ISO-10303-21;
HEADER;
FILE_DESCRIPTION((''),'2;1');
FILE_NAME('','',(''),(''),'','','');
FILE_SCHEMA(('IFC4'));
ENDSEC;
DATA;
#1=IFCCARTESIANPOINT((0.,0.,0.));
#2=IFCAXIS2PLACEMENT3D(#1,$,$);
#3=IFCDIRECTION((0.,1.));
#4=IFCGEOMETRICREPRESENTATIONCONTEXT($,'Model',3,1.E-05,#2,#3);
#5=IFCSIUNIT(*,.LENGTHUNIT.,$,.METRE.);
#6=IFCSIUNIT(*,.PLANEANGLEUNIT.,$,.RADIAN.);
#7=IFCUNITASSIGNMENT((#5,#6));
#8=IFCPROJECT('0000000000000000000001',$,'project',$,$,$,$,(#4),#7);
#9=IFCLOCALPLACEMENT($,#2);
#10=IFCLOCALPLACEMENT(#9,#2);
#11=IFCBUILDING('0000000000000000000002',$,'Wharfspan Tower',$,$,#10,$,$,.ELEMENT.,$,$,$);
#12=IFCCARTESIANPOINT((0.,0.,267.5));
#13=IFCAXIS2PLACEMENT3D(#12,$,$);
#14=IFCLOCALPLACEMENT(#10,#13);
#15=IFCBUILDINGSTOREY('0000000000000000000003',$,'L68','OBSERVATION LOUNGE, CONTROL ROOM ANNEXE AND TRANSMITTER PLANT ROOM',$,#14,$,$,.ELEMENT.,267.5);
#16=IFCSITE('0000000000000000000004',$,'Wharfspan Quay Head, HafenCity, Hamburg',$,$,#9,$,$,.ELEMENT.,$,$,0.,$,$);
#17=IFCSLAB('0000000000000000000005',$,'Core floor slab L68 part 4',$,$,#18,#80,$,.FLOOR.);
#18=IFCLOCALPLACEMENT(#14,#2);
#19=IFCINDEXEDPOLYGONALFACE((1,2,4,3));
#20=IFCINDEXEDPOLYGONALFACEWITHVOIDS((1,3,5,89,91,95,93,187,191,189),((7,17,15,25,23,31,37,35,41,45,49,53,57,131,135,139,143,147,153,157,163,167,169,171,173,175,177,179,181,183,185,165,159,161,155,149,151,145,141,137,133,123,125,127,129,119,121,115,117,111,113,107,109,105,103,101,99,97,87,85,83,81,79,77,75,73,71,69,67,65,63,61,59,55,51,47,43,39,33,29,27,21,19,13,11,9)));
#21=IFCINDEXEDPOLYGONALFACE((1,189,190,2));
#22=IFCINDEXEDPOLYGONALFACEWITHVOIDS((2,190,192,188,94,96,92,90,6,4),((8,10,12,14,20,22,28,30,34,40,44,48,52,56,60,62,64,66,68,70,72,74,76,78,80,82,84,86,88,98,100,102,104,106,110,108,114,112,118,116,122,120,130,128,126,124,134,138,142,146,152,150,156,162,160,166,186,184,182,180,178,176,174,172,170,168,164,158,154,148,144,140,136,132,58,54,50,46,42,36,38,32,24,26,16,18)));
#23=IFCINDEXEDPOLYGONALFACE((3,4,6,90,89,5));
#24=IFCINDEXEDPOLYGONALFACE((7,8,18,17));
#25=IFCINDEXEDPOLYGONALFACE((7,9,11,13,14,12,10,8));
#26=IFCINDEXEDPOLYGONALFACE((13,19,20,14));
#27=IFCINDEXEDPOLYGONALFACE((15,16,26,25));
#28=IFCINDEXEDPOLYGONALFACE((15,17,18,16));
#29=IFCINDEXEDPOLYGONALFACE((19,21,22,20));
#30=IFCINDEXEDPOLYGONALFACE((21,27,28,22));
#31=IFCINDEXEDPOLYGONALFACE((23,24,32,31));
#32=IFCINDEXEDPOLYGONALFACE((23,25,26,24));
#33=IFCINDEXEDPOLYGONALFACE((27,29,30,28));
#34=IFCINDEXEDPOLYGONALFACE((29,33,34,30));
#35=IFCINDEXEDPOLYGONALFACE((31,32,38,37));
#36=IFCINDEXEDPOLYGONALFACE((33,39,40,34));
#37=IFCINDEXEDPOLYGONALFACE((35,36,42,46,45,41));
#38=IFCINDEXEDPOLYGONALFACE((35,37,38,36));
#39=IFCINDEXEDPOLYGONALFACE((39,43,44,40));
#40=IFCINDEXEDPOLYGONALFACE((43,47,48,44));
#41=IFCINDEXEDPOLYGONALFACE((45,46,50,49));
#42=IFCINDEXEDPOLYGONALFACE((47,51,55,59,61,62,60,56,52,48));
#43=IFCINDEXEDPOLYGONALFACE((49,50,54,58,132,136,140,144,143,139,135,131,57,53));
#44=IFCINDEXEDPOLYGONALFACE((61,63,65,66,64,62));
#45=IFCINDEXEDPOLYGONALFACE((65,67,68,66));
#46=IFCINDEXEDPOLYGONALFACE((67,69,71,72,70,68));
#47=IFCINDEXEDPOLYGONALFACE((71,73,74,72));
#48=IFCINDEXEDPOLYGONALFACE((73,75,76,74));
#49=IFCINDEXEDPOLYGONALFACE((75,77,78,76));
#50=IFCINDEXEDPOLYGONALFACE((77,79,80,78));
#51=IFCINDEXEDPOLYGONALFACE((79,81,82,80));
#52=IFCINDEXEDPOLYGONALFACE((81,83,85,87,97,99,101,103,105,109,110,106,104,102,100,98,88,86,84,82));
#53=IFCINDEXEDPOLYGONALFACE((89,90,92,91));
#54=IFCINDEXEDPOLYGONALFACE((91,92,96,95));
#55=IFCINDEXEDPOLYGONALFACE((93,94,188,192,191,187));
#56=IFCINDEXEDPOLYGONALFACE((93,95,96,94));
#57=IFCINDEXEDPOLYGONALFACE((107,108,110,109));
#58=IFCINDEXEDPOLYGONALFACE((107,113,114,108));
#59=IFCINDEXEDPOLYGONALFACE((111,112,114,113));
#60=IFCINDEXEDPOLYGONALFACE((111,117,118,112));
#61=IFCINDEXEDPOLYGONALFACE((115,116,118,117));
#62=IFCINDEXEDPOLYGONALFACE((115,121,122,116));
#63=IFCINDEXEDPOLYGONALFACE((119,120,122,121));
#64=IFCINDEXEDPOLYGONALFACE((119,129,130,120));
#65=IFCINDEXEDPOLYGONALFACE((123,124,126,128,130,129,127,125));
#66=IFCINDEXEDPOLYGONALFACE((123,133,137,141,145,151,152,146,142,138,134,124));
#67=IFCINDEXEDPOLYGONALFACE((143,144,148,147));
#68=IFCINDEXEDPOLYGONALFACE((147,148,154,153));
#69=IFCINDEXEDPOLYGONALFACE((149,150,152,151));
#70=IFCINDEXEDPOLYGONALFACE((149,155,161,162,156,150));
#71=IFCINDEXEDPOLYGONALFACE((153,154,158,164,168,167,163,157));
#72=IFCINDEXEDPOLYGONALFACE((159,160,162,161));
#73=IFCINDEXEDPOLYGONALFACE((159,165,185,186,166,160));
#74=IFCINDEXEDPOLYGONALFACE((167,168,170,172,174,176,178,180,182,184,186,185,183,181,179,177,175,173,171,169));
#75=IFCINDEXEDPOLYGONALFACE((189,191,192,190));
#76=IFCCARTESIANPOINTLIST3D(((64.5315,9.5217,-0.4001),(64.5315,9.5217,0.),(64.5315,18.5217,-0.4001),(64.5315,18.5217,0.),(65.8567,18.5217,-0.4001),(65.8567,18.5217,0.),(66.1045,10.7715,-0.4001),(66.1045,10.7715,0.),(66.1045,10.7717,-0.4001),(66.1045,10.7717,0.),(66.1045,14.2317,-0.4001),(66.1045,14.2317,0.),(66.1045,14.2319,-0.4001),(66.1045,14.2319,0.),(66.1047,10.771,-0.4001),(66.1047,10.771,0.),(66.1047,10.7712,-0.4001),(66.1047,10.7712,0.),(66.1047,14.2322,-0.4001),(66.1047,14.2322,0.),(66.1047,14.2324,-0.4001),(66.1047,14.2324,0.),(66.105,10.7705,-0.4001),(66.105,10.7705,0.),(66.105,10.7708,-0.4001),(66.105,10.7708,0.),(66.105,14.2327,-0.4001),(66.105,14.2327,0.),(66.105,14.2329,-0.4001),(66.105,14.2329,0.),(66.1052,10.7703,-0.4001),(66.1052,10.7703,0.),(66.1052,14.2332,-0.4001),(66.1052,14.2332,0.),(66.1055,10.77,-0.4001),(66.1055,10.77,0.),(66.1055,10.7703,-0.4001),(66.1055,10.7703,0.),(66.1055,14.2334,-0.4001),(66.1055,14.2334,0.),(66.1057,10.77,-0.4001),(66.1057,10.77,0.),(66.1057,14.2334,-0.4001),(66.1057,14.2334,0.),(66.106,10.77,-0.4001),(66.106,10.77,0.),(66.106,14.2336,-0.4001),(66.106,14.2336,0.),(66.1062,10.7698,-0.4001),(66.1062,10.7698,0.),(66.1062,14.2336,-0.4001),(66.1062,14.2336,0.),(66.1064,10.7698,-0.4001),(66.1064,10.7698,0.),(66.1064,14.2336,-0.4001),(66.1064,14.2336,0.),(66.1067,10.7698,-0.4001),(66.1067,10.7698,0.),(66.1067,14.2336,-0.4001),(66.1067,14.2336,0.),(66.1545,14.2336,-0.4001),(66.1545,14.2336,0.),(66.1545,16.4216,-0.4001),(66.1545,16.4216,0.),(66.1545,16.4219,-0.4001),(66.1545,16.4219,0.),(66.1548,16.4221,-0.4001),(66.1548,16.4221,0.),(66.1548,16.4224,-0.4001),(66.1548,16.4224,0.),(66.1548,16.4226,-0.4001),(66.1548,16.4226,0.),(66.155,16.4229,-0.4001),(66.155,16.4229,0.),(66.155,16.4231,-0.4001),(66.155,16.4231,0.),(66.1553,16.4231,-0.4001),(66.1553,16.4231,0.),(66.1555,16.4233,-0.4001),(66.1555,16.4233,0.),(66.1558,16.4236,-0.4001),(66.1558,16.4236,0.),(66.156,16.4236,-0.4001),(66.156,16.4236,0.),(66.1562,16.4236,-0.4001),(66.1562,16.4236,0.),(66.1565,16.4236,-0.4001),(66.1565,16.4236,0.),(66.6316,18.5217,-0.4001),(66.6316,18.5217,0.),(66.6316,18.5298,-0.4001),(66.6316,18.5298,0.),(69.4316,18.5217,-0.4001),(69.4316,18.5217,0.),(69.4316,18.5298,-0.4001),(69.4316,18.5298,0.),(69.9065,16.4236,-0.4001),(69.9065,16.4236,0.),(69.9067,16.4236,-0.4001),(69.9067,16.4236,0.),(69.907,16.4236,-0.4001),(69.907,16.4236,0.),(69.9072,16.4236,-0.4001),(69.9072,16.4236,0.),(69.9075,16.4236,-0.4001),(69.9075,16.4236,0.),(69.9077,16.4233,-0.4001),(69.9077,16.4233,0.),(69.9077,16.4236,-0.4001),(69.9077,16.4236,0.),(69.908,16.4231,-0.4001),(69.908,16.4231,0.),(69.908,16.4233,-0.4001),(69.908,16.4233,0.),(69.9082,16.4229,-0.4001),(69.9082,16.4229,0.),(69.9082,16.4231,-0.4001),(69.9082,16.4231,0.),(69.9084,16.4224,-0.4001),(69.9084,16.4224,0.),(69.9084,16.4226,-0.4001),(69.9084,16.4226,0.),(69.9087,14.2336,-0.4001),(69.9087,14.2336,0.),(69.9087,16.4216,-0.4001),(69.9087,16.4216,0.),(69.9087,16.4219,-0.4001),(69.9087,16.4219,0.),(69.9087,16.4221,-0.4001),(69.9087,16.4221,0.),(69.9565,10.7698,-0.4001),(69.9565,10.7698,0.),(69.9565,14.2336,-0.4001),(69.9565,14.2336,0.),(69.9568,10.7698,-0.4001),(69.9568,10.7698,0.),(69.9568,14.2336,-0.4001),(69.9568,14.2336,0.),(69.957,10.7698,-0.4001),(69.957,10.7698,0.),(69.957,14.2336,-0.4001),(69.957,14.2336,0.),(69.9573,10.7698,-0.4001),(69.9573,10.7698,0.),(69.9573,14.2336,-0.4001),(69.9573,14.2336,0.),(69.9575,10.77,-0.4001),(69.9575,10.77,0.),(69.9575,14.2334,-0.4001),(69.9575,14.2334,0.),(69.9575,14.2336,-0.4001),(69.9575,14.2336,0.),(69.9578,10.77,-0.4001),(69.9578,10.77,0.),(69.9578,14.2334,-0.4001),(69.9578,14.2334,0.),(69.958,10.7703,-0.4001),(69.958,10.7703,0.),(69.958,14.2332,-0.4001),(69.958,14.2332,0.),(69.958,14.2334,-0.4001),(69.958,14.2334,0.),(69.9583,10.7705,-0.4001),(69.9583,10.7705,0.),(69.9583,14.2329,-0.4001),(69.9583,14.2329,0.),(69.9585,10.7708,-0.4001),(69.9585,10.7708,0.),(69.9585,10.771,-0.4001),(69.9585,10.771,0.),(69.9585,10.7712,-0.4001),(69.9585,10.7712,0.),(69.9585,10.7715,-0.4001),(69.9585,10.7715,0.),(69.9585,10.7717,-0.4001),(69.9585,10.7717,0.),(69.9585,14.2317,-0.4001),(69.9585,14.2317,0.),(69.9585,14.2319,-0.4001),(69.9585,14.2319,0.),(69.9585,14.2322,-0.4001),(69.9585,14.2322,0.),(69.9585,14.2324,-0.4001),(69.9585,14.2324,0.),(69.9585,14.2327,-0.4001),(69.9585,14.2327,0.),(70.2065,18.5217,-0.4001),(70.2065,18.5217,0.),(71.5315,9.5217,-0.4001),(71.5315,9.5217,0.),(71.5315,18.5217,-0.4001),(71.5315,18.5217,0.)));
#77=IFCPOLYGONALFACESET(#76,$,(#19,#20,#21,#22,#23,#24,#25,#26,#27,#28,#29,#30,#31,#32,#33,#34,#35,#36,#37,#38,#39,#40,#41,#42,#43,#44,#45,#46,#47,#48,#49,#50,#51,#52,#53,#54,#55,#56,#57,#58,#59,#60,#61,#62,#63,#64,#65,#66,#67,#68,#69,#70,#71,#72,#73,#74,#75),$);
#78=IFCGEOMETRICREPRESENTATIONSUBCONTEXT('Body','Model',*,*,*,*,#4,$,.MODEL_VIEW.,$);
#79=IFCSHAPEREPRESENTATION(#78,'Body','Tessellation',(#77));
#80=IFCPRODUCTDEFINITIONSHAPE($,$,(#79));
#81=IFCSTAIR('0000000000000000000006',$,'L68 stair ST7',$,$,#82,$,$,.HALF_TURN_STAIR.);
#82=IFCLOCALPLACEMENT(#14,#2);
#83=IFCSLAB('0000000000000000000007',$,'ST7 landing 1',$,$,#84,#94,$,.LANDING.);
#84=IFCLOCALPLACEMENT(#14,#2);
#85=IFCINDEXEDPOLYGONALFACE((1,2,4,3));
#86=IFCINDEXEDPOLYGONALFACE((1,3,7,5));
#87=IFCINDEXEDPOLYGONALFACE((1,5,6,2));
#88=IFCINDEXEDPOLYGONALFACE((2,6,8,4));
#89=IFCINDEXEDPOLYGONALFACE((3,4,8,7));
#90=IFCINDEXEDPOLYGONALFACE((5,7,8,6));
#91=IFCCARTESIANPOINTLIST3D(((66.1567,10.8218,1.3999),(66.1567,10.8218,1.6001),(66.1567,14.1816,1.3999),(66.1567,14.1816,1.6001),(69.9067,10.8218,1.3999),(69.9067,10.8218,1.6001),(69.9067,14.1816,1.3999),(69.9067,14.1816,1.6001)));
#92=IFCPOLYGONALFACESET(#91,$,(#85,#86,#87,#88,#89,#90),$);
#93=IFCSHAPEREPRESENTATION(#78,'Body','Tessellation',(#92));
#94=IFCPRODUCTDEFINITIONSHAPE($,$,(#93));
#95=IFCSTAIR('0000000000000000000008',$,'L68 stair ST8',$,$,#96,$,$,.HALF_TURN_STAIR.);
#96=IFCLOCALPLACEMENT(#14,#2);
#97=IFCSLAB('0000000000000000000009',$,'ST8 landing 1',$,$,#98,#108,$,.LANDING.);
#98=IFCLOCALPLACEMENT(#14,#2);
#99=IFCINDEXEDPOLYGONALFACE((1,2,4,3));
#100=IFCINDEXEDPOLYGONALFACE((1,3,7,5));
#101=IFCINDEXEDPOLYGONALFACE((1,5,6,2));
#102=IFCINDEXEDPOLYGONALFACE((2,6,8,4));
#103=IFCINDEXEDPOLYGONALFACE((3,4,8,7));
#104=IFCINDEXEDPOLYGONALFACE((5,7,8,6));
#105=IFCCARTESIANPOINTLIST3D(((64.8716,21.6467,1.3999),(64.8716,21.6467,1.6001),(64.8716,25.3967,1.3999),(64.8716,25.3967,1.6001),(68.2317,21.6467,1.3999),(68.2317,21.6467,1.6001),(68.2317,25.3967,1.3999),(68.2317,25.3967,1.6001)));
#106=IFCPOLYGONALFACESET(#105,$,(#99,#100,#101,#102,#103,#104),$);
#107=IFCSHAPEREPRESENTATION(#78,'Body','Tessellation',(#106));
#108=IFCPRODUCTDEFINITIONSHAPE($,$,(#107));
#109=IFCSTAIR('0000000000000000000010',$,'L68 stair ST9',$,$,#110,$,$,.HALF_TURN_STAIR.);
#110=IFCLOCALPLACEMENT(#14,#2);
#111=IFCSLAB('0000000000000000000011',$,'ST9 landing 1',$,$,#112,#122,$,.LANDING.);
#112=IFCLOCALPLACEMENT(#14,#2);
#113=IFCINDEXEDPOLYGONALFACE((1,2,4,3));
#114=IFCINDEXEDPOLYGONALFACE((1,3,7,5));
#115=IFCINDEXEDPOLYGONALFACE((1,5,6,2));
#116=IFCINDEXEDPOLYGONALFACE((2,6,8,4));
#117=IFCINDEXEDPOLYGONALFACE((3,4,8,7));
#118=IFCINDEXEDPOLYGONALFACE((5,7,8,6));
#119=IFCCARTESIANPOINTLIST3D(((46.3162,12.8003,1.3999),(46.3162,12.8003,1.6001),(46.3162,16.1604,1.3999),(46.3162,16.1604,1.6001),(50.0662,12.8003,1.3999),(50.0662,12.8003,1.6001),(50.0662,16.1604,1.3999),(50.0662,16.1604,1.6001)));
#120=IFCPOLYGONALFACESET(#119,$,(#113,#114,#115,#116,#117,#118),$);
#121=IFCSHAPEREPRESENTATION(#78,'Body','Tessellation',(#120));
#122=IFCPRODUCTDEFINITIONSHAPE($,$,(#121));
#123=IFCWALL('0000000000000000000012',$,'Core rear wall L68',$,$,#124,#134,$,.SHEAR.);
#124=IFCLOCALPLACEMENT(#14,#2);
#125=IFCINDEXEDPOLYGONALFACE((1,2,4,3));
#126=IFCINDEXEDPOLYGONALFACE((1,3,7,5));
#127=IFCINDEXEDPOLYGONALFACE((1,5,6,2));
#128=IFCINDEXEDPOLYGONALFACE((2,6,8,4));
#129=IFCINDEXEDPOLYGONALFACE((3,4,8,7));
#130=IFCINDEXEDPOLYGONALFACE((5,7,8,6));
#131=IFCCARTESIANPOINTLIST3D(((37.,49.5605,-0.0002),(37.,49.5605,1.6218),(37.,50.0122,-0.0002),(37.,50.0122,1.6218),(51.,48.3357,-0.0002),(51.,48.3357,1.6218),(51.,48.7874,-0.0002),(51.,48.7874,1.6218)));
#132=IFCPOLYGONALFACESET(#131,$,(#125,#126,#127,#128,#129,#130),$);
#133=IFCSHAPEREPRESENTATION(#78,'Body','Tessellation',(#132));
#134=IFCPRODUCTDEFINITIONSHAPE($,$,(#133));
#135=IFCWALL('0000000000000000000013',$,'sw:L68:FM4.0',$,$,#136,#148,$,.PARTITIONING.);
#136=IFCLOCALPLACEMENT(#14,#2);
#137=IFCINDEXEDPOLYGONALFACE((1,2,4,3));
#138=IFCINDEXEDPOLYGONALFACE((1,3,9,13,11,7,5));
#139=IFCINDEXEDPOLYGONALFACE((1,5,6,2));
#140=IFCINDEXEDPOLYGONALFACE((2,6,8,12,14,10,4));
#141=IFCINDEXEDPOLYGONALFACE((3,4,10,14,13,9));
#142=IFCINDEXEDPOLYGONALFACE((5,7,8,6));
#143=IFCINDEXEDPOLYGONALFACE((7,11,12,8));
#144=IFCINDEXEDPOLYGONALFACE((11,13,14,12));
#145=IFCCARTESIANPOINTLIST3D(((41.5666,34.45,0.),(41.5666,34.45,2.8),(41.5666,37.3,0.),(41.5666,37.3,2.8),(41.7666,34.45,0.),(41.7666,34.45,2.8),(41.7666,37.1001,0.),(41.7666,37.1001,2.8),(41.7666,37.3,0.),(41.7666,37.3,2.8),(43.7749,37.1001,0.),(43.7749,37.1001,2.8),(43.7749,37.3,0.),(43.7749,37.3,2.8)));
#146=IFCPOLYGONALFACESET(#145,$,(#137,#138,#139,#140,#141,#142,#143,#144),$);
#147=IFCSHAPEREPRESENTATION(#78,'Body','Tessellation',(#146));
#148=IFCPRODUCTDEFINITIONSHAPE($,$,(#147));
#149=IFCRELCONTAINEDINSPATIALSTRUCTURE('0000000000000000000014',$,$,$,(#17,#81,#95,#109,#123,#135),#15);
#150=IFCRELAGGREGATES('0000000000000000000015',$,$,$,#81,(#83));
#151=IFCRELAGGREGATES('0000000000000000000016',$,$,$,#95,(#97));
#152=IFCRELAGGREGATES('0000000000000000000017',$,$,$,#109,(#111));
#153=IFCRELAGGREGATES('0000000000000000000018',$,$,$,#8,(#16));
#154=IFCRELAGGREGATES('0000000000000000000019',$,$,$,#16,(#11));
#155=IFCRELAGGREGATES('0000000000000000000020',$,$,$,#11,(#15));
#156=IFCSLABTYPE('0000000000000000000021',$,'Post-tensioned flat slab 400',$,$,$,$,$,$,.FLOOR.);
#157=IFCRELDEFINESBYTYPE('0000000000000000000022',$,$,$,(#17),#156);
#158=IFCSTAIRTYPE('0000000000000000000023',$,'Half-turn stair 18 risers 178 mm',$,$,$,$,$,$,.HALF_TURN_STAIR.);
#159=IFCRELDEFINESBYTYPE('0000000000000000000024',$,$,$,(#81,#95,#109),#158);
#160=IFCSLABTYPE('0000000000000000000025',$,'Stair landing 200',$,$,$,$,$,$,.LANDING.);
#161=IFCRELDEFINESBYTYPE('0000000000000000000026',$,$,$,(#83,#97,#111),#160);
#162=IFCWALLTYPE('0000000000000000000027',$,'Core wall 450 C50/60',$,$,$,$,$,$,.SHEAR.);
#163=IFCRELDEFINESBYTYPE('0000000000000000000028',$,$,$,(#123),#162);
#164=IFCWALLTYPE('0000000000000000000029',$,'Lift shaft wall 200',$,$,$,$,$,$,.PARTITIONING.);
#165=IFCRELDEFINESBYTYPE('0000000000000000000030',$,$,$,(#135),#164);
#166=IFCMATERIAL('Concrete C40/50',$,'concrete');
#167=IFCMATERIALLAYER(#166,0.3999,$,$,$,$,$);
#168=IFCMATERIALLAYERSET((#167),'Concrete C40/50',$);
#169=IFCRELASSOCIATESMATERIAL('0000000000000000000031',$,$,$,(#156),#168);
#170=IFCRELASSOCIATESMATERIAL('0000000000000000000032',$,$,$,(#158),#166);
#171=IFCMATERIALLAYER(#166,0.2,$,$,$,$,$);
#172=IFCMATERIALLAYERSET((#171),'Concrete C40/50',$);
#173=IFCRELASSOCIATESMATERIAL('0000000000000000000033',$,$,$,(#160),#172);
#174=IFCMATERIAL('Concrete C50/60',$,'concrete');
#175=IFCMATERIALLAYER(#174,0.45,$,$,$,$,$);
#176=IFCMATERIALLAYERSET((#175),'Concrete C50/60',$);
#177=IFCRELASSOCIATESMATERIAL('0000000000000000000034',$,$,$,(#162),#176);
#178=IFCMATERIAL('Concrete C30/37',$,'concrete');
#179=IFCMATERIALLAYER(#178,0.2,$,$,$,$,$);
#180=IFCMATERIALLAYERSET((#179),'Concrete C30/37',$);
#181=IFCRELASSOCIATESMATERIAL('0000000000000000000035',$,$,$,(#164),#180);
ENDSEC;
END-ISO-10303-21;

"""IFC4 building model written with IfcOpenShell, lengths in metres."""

from ifc_helpers import new_model, si_unit, direction, frame, origin, place, context, subcontext, project, spatial, polyline, outline, extrude, material, layer, layer_set, type_object, element, aggregate, save


model = new_model("IFC4")

# Units and contexts
model_context = context("Model", 3, precision=1e-05, world=origin(), true_north=direction((0.0, 1.0)))
body_context = subcontext(model_context, "Body", "Model", "MODEL_VIEW")
ifc_project = project(units=[si_unit("LENGTHUNIT", "METRE"), si_unit("PLANEANGLEUNIT", "RADIAN")], contexts=[model_context])

# Site, building, storey
site_placement = place(None, origin())
site = spatial("IfcSite", under=ifc_project, at=site_placement, Name="Wharfspan Quay Head, HafenCity, Hamburg", CompositionType="ELEMENT", RefElevation=0.0)
building_placement = place(site_placement, origin())
building = spatial("IfcBuilding", under=site, at=building_placement, Name="Wharfspan Tower", CompositionType="ELEMENT")
storey_placement = place(building_placement, frame((0.0, 0.0, 267.5)))
storey = spatial("IfcBuildingStorey", under=building, at=storey_placement, Name="L68", Description="OBSERVATION LOUNGE, CONTROL ROOM ANNEXE AND TRANSMITTER PLANT ROOM", CompositionType="ELEMENT", Elevation=267.5)

# Slab
ifc_material_1 = material(Name="Concrete C40/50", Category="concrete")
ifc_layer_1 = layer(ifc_material_1, 0.3999)
ifc_layer_set_1 = layer_set([ifc_layer_1], Name="Concrete C40/50")
slab_type_1 = type_object("IfcSlabType", Name="Post-tensioned flat slab 400", PredefinedType="FLOOR", material=ifc_layer_set_1)
slab_1_placement = place(storey_placement, frame((0.0, 0.0, -0.4001)))
element("IfcSlab", 1, at=slab_1_placement, inside=storey, type_object=slab_type_1, Name="Core floor slab L68 part 4", PredefinedType="FLOOR", context=body_context, shape_type="SweptSolid", body=[
    extrude(outline(polyline([(65.8567, 18.5217), (64.5315, 18.5217), (64.5315, 9.5217), (71.5315, 9.5217), (71.5315, 18.5217), (70.2065, 18.5217), (69.4316, 18.5217), (69.4316, 18.5298), (66.6316, 18.5298), (66.6316, 18.5217), (65.8567, 18.5217)]), holes=[polyline([(69.9087, 14.2336), (69.9565, 14.2336), (69.9568, 14.2336), (69.957, 14.2336), (69.9573, 14.2336), (69.9575, 14.2336), (69.9575, 14.2334), (69.9578, 14.2334), (69.958, 14.2334), (69.958, 14.2332), (69.9583, 14.2329), (69.9583, 14.2329), (69.9585, 14.2327), (69.9585, 14.2324), (69.9585, 14.2324), (69.9585, 14.2322), (69.9585, 14.2319), (69.9585, 14.2317), (69.9585, 10.7717), (69.9585, 10.7715), (69.9585, 10.7712), (69.9585, 10.771), (69.9585, 10.771), (69.9585, 10.7708), (69.9583, 10.7705), (69.9583, 10.7705), (69.958, 10.7703), (69.958, 10.7703), (69.9578, 10.77), (69.9575, 10.77), (69.9575, 10.77), (69.9573, 10.7698), (69.957, 10.7698), (69.9568, 10.7698), (69.9565, 10.7698), (66.1067, 10.7698), (66.1064, 10.7698), (66.1062, 10.7698), (66.1062, 10.7698), (66.106, 10.77), (66.1057, 10.77), (66.1055, 10.77), (66.1055, 10.7703), (66.1052, 10.7703), (66.105, 10.7705), (66.105, 10.7705), (66.105, 10.7708), (66.1047, 10.771), (66.1047, 10.771), (66.1047, 10.7712), (66.1045, 10.7715), (66.1045, 10.7717), (66.1045, 14.2317), (66.1045, 14.2319), (66.1047, 14.2322), (66.1047, 14.2324), (66.1047, 14.2324), (66.105, 14.2327), (66.105, 14.2329), (66.105, 14.2329), (66.1052, 14.2332), (66.1055, 14.2334), (66.1055, 14.2334), (66.1057, 14.2334), (66.106, 14.2336), (66.1062, 14.2336), (66.1062, 14.2336), (66.1064, 14.2336), (66.1067, 14.2336), (66.1545, 14.2336), (66.1545, 16.4216), (66.1545, 16.4219), (66.1548, 16.4221), (66.1548, 16.4224), (66.1548, 16.4226), (66.1548, 16.4226), (66.155, 16.4229), (66.155, 16.4231), (66.1553, 16.4231), (66.1555, 16.4233), (66.1555, 16.4233), (66.1558, 16.4236), (66.156, 16.4236), (66.156, 16.4236), (66.1562, 16.4236), (66.1565, 16.4236), (66.1565, 16.4236), (69.9065, 16.4236), (69.9067, 16.4236), (69.907, 16.4236), (69.9072, 16.4236), (69.9075, 16.4236), (69.9077, 16.4236), (69.9077, 16.4233), (69.908, 16.4233), (69.908, 16.4231), (69.9082, 16.4231), (69.9082, 16.4229), (69.9084, 16.4226), (69.9084, 16.4226), (69.9084, 16.4224), (69.9087, 16.4221), (69.9087, 16.4219), (69.9087, 16.4216), (69.9087, 14.2336)])]), origin(), (0.0, 0.0, 1.0), 0.4001),
])

# Stairs, slabs
stair_type = type_object("IfcStairType", Name="Half-turn stair 18 risers 178 mm", PredefinedType="HALF_TURN_STAIR", material=ifc_material_1)
stair_1_placement = place(storey_placement, origin())
stair_1 = element("IfcStair", 2, at=stair_1_placement, inside=storey, type_object=stair_type, Name="L68 stair ST7", PredefinedType="HALF_TURN_STAIR")
ifc_layer_2 = layer(ifc_material_1, 0.2)
ifc_layer_set_2 = layer_set([ifc_layer_2], Name="Concrete C40/50")
slab_type_2 = type_object("IfcSlabType", Name="Stair landing 200", PredefinedType="LANDING", material=ifc_layer_set_2)
slab_2_placement = place(storey_placement, frame((0.0, 0.0, 1.3999)))
slab_2 = element("IfcSlab", 3, at=slab_2_placement, type_object=slab_type_2, Name="ST7 landing 1", PredefinedType="LANDING", context=body_context, shape_type="SweptSolid", body=[
    extrude(outline(polyline([(66.1567, 14.1816), (66.1567, 10.8218), (69.9067, 10.8218), (69.9067, 14.1816), (66.1567, 14.1816)])), origin(), (0.0, 0.0, 1.0), 0.2002),
])
aggregate(stair_1, [slab_2])
stair_2_placement = place(storey_placement, origin())
stair_2 = element("IfcStair", 4, at=stair_2_placement, inside=storey, type_object=stair_type, Name="L68 stair ST8", PredefinedType="HALF_TURN_STAIR")
slab_3_placement = place(storey_placement, frame((0.0, 0.0, 1.3999)))
slab_3 = element("IfcSlab", 5, at=slab_3_placement, type_object=slab_type_2, Name="ST8 landing 1", PredefinedType="LANDING", context=body_context, shape_type="SweptSolid", body=[
    extrude(outline(polyline([(64.8716, 21.6467), (68.2317, 21.6467), (68.2317, 25.3967), (64.8716, 25.3967), (64.8716, 21.6467)])), origin(), (0.0, 0.0, 1.0), 0.2002),
])
aggregate(stair_2, [slab_3])
stair_3_placement = place(storey_placement, origin())
stair_3 = element("IfcStair", 6, at=stair_3_placement, inside=storey, type_object=stair_type, Name="L68 stair ST9", PredefinedType="HALF_TURN_STAIR")
slab_4_placement = place(storey_placement, frame((0.0, 0.0, 1.3999)))
slab_4 = element("IfcSlab", 7, at=slab_4_placement, type_object=slab_type_2, Name="ST9 landing 1", PredefinedType="LANDING", context=body_context, shape_type="SweptSolid", body=[
    extrude(outline(polyline([(46.3162, 16.1604), (46.3162, 12.8003), (50.0662, 12.8003), (50.0662, 16.1604), (46.3162, 16.1604)])), origin(), (0.0, 0.0, 1.0), 0.2002),
])
aggregate(stair_3, [slab_4])

# Walls
ifc_material_2 = material(Name="Concrete C50/60", Category="concrete")
ifc_layer_3 = layer(ifc_material_2, 0.45)
ifc_layer_set_3 = layer_set([ifc_layer_3], Name="Concrete C50/60")
wall_type_1 = type_object("IfcWallType", Name="Core wall 450 C50/60", PredefinedType="SHEAR", material=ifc_layer_set_3)
wall_1_placement = place(storey_placement, frame((0.0, 0.0, -0.0002)))
element("IfcWall", 8, at=wall_1_placement, inside=storey, type_object=wall_type_1, Name="Core rear wall L68", PredefinedType="SHEAR", context=body_context, shape_type="SweptSolid", body=[
    extrude(outline(polyline([(37.0, 49.5605), (51.0, 48.3357), (51.0, 48.7874), (37.0, 50.0122), (37.0, 49.5605)])), origin(), (0.0, 0.0, 1.0), 1.6221),
])
ifc_material_3 = material(Name="Concrete C30/37", Category="concrete")
ifc_layer_4 = layer(ifc_material_3, 0.2)
ifc_layer_set_4 = layer_set([ifc_layer_4], Name="Concrete C30/37")
wall_type_2 = type_object("IfcWallType", Name="Lift shaft wall 200", PredefinedType="PARTITIONING", material=ifc_layer_set_4)
wall_2_placement = place(storey_placement, origin())
element("IfcWall", 9, at=wall_2_placement, inside=storey, type_object=wall_type_2, Name="sw:L68:FM4.0", PredefinedType="PARTITIONING", context=body_context, shape_type="SweptSolid", body=[
    extrude(outline(polyline([(41.5667, 37.3), (41.7666, 37.3), (43.7749, 37.3), (43.7749, 37.1001), (41.7666, 37.1001), (41.7666, 34.45), (41.5667, 34.45), (41.5667, 37.3)])), origin(), (0.0, 0.0, 1.0), 2.8),
])

save(model, "model.ifc")
